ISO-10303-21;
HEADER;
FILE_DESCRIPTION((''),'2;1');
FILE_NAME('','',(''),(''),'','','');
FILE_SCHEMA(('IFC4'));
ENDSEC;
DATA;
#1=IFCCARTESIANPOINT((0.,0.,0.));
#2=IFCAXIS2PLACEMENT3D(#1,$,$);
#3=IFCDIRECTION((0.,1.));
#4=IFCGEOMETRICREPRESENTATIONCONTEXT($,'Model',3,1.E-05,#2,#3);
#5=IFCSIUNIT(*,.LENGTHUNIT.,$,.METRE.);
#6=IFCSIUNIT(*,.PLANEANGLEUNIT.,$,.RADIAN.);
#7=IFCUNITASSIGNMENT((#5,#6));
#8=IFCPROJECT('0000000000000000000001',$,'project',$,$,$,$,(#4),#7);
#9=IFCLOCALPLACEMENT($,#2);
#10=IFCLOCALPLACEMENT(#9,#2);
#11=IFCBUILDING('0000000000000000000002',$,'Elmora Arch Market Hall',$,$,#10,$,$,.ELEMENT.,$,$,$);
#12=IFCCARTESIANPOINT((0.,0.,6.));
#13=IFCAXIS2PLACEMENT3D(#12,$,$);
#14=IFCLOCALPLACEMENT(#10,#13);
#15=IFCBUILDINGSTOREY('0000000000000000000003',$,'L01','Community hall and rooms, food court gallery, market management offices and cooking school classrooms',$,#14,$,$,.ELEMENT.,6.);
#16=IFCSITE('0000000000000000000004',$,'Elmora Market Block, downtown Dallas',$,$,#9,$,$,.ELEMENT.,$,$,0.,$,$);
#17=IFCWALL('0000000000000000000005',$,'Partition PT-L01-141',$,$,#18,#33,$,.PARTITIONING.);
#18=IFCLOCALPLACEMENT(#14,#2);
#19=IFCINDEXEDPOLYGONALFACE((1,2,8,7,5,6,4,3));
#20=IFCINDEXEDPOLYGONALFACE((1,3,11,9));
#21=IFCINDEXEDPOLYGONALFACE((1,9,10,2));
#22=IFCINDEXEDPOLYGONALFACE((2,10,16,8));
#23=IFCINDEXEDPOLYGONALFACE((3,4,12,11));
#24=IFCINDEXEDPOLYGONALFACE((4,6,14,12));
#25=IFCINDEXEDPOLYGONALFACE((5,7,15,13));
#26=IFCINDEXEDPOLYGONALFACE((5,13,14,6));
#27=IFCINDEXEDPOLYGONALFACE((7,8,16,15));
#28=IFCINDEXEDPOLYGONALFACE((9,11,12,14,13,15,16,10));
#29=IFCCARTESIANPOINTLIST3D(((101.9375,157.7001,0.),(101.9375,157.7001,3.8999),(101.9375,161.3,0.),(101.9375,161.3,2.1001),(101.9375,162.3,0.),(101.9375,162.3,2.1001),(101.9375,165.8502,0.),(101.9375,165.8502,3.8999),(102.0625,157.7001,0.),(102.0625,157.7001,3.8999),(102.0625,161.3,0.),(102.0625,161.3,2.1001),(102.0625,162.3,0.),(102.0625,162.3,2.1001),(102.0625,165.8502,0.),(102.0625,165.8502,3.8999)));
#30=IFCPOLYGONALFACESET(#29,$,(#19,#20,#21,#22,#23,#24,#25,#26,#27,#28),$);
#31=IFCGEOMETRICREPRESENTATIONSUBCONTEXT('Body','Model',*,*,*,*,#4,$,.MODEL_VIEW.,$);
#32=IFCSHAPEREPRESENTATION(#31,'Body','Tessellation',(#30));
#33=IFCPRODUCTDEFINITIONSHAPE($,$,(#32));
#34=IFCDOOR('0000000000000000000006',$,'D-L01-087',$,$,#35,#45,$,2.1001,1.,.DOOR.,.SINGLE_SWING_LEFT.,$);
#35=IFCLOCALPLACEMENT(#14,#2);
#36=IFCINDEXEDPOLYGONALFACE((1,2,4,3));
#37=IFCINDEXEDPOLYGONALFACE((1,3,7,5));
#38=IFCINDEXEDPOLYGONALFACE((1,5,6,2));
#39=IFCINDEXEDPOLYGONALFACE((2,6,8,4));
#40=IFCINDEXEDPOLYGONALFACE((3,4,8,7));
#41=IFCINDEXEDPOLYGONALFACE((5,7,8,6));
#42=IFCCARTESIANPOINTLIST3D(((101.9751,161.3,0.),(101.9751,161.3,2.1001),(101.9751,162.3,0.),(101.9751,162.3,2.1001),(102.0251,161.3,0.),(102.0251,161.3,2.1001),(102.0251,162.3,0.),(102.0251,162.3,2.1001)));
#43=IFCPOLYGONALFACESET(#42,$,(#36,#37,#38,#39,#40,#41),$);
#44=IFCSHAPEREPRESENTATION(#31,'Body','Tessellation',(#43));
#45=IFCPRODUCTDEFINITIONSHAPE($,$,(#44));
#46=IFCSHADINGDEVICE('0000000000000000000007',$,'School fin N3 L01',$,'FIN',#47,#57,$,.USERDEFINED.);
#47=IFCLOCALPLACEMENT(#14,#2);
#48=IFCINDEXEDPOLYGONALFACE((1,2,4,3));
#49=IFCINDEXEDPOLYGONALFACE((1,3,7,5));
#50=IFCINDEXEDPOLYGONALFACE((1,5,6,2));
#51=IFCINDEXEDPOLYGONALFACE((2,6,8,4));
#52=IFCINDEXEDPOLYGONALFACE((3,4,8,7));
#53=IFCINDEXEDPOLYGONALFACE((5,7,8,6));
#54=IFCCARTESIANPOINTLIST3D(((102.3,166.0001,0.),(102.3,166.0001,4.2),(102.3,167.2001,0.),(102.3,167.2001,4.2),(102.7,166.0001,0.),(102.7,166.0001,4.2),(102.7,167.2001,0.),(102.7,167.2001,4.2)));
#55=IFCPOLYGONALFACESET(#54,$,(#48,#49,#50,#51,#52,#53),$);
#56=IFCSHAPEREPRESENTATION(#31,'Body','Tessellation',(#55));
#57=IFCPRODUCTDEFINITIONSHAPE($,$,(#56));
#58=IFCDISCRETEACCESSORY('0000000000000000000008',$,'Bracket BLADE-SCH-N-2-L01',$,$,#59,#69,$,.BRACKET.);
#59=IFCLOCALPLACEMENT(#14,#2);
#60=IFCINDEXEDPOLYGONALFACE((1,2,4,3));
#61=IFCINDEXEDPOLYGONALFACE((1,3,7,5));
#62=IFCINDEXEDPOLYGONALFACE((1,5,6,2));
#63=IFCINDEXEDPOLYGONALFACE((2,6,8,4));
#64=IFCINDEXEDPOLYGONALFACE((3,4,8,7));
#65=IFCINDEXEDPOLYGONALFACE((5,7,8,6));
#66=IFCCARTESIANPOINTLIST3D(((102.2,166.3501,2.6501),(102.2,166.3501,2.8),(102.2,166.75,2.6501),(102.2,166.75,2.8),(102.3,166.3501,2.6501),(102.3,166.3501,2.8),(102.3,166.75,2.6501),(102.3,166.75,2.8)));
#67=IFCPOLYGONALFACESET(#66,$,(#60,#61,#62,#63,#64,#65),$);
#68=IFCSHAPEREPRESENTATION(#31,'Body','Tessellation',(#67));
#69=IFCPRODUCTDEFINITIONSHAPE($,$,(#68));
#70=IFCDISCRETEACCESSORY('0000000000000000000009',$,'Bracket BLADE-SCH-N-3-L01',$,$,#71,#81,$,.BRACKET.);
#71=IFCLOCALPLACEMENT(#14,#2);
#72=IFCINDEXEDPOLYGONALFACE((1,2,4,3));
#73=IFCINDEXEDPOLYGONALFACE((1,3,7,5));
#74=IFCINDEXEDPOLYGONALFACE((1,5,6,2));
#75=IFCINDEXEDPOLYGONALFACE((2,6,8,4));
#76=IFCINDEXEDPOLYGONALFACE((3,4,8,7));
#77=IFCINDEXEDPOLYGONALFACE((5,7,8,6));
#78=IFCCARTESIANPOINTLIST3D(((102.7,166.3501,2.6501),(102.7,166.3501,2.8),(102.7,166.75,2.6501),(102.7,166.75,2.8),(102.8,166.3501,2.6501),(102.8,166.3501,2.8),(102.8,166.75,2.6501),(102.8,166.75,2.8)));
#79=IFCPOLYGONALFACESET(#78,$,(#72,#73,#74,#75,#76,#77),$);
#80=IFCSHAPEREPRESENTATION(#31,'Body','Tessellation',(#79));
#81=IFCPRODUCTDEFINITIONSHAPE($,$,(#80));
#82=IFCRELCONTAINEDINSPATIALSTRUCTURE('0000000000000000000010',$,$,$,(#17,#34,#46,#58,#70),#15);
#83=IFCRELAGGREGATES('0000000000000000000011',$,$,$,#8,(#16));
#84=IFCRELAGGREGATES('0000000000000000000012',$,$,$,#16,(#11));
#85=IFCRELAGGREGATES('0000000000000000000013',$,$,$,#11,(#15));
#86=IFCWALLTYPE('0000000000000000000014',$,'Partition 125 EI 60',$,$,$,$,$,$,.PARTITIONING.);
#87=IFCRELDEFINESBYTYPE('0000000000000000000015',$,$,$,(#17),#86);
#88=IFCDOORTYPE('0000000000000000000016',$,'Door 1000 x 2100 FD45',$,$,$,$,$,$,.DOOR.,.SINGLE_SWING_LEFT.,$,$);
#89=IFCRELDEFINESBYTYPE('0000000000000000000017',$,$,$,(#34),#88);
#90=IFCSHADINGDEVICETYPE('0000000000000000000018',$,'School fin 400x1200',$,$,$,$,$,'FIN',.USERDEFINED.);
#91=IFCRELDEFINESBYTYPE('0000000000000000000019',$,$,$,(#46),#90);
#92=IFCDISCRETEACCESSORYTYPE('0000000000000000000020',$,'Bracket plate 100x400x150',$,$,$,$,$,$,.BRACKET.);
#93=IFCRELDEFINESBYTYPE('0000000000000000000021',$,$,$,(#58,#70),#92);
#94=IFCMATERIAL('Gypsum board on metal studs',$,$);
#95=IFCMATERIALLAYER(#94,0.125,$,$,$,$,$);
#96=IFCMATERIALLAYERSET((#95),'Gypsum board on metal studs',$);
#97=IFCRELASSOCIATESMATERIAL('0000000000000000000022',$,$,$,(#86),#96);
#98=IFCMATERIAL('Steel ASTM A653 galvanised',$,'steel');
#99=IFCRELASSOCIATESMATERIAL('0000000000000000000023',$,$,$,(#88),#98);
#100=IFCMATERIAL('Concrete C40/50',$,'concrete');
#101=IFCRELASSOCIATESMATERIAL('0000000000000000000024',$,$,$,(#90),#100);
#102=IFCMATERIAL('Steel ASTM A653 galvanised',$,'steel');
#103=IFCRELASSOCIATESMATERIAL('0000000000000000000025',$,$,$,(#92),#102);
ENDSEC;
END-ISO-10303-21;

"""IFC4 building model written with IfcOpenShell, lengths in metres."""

from ifc_helpers import new_model, si_unit, direction, frame, frame_2d, origin, origin_2d, place, context, subcontext, project, spatial, rectangle, extrude, material, layer, layer_set, type_object, element, fill, save


model = new_model("IFC4")

# Units and contexts
model_context = context("Model", 3, precision=1e-05, world=origin(), true_north=direction((0.0, 1.0)))
body_context = subcontext(model_context, "Body", "Model", "MODEL_VIEW")
ifc_project = project(units=[si_unit("LENGTHUNIT", "METRE"), si_unit("PLANEANGLEUNIT", "RADIAN")], contexts=[model_context])

# Site, building, storey
site_placement = place(None, origin())
site = spatial("IfcSite", under=ifc_project, at=site_placement, Name="Elmora Market Block, downtown Dallas", CompositionType="ELEMENT", RefElevation=0.0)
building_placement = place(site_placement, origin())
building = spatial("IfcBuilding", under=site, at=building_placement, Name="Elmora Arch Market Hall", CompositionType="ELEMENT")
storey_placement = place(building_placement, frame((0.0, 0.0, 6.0)))
storey = spatial("IfcBuildingStorey", under=building, at=storey_placement, Name="L01", Description="Community hall and rooms, food court gallery, market management offices and cooking school classrooms", CompositionType="ELEMENT", Elevation=6.0)

# Wall, opening, door
ifc_material_1 = material(Name="Gypsum board on metal studs")
ifc_layer_1 = layer(ifc_material_1, 0.125)
ifc_layer_set_1 = layer_set([ifc_layer_1], Name="Gypsum board on metal studs")
wall_type_1 = type_object("IfcWallType", Name="Partition 125 EI 60", PredefinedType="PARTITIONING", material=ifc_layer_set_1)
wall_1_placement = place(storey_placement, frame((102.0, 157.7, 0.0), z_axis=(0.0, 0.0, 1.0), x_axis=(0.0, 1.0, 0.0)))
wall_1 = element("IfcWall", 1, at=wall_1_placement, inside=storey, type_object=wall_type_1, Name="Partition PT-L01-141", PredefinedType="PARTITIONING", context=body_context, shape_type="SweptSolid", body=[
    extrude(rectangle(XDim=8.1501, YDim=0.125, at=frame_2d((4.0752, 0.0))), origin(), (0.0, 0.0, 1.0), 3.8999),
])
opening_1_placement = place(wall_1_placement, frame((3.6001, 0.0, 0.0)))
opening_1 = element("IfcOpeningElement", 2, at=opening_1_placement, cuts=wall_1, PredefinedType="OPENING", context=body_context, shape_type="SweptSolid", body=[
    extrude(rectangle(XDim=1.0, YDim=2.1001, at=frame_2d((0.5, 1.05))), frame((0.0, 0.0725, 0.0), z_axis=(0.0, -1.0, 0.0), x_axis=(1.0, 0.0, 0.0)), (0.0, 0.0, 1.0), 0.145),
])
ifc_material_2 = material(Name="Steel ASTM A653 galvanised", Category="steel")
door_type_1 = type_object("IfcDoorType", Name="Door 1000 x 2100 FD45", OperationType="SINGLE_SWING_LEFT", PredefinedType="DOOR", material=ifc_material_2)
door_1_placement = place(opening_1_placement, origin())
door_1 = element("IfcDoor", 3, at=door_1_placement, inside=storey, type_object=door_type_1, Name="D-L01-087", OperationType="SINGLE_SWING_LEFT", OverallHeight=2.1001, OverallWidth=1.0, PredefinedType="DOOR", context=body_context, shape_type="SweptSolid", body=[
    extrude(rectangle(XDim=1.0, YDim=2.1001, at=frame_2d((0.5, 1.05))), frame((0.0, 0.0249, 0.0), z_axis=(0.0, -1.0, 0.0), x_axis=(1.0, 0.0, 0.0)), (0.0, 0.0, 1.0), 0.05),
])
fill(opening_1, door_1)

# Shading device
ifc_material_3 = material(Name="Concrete C40/50", Category="concrete")
shading_device_type = type_object("IfcShadingDeviceType", Name="School fin 400x1200", ElementType="FIN", PredefinedType="USERDEFINED", material=ifc_material_3)
shading_device_placement = place(storey_placement, frame((102.5, 166.6001, 0.0), z_axis=(0.0, 0.0, 1.0), x_axis=(1.0, 0.0, 0.0)))
element("IfcShadingDevice", 4, at=shading_device_placement, inside=storey, type_object=shading_device_type, Name="School fin N3 L01", ObjectType="FIN", PredefinedType="USERDEFINED", context=body_context, shape_type="SweptSolid", body=[
    extrude(rectangle(XDim=0.3999, YDim=1.2, at=origin_2d()), origin(), (0.0, 0.0, 1.0), 4.2),
])

# Discrete accessories
ifc_material_4 = material(Name="Steel ASTM A653 galvanised", Category="steel")
discrete_accessory_type = type_object("IfcDiscreteAccessoryType", Name="Bracket plate 100x400x150", PredefinedType="BRACKET", material=ifc_material_4)
for number, where, z_axis, x_axis, name in (
    (5, (102.25, 166.55, 2.6501), (0.0, 0.0, 1.0), (1.0, 0.0, 0.0), "Bracket BLADE-SCH-N-2-L01"),
    (6, (102.75, 166.55, 2.6501), (0.0, 0.0, 1.0), (1.0, 0.0, 0.0), "Bracket BLADE-SCH-N-3-L01"),
):
    element("IfcDiscreteAccessory", number, at=place(storey_placement, frame(where, z_axis=z_axis, x_axis=x_axis)), inside=storey, type_object=discrete_accessory_type, Name=name, PredefinedType="BRACKET", context=body_context, shape_type="SweptSolid", body=[
        extrude(rectangle(XDim=0.1001, YDim=0.3999, at=origin_2d()), origin(), (0.0, 0.0, 1.0), 0.1499),
    ])

save(model, "model.ifc")
